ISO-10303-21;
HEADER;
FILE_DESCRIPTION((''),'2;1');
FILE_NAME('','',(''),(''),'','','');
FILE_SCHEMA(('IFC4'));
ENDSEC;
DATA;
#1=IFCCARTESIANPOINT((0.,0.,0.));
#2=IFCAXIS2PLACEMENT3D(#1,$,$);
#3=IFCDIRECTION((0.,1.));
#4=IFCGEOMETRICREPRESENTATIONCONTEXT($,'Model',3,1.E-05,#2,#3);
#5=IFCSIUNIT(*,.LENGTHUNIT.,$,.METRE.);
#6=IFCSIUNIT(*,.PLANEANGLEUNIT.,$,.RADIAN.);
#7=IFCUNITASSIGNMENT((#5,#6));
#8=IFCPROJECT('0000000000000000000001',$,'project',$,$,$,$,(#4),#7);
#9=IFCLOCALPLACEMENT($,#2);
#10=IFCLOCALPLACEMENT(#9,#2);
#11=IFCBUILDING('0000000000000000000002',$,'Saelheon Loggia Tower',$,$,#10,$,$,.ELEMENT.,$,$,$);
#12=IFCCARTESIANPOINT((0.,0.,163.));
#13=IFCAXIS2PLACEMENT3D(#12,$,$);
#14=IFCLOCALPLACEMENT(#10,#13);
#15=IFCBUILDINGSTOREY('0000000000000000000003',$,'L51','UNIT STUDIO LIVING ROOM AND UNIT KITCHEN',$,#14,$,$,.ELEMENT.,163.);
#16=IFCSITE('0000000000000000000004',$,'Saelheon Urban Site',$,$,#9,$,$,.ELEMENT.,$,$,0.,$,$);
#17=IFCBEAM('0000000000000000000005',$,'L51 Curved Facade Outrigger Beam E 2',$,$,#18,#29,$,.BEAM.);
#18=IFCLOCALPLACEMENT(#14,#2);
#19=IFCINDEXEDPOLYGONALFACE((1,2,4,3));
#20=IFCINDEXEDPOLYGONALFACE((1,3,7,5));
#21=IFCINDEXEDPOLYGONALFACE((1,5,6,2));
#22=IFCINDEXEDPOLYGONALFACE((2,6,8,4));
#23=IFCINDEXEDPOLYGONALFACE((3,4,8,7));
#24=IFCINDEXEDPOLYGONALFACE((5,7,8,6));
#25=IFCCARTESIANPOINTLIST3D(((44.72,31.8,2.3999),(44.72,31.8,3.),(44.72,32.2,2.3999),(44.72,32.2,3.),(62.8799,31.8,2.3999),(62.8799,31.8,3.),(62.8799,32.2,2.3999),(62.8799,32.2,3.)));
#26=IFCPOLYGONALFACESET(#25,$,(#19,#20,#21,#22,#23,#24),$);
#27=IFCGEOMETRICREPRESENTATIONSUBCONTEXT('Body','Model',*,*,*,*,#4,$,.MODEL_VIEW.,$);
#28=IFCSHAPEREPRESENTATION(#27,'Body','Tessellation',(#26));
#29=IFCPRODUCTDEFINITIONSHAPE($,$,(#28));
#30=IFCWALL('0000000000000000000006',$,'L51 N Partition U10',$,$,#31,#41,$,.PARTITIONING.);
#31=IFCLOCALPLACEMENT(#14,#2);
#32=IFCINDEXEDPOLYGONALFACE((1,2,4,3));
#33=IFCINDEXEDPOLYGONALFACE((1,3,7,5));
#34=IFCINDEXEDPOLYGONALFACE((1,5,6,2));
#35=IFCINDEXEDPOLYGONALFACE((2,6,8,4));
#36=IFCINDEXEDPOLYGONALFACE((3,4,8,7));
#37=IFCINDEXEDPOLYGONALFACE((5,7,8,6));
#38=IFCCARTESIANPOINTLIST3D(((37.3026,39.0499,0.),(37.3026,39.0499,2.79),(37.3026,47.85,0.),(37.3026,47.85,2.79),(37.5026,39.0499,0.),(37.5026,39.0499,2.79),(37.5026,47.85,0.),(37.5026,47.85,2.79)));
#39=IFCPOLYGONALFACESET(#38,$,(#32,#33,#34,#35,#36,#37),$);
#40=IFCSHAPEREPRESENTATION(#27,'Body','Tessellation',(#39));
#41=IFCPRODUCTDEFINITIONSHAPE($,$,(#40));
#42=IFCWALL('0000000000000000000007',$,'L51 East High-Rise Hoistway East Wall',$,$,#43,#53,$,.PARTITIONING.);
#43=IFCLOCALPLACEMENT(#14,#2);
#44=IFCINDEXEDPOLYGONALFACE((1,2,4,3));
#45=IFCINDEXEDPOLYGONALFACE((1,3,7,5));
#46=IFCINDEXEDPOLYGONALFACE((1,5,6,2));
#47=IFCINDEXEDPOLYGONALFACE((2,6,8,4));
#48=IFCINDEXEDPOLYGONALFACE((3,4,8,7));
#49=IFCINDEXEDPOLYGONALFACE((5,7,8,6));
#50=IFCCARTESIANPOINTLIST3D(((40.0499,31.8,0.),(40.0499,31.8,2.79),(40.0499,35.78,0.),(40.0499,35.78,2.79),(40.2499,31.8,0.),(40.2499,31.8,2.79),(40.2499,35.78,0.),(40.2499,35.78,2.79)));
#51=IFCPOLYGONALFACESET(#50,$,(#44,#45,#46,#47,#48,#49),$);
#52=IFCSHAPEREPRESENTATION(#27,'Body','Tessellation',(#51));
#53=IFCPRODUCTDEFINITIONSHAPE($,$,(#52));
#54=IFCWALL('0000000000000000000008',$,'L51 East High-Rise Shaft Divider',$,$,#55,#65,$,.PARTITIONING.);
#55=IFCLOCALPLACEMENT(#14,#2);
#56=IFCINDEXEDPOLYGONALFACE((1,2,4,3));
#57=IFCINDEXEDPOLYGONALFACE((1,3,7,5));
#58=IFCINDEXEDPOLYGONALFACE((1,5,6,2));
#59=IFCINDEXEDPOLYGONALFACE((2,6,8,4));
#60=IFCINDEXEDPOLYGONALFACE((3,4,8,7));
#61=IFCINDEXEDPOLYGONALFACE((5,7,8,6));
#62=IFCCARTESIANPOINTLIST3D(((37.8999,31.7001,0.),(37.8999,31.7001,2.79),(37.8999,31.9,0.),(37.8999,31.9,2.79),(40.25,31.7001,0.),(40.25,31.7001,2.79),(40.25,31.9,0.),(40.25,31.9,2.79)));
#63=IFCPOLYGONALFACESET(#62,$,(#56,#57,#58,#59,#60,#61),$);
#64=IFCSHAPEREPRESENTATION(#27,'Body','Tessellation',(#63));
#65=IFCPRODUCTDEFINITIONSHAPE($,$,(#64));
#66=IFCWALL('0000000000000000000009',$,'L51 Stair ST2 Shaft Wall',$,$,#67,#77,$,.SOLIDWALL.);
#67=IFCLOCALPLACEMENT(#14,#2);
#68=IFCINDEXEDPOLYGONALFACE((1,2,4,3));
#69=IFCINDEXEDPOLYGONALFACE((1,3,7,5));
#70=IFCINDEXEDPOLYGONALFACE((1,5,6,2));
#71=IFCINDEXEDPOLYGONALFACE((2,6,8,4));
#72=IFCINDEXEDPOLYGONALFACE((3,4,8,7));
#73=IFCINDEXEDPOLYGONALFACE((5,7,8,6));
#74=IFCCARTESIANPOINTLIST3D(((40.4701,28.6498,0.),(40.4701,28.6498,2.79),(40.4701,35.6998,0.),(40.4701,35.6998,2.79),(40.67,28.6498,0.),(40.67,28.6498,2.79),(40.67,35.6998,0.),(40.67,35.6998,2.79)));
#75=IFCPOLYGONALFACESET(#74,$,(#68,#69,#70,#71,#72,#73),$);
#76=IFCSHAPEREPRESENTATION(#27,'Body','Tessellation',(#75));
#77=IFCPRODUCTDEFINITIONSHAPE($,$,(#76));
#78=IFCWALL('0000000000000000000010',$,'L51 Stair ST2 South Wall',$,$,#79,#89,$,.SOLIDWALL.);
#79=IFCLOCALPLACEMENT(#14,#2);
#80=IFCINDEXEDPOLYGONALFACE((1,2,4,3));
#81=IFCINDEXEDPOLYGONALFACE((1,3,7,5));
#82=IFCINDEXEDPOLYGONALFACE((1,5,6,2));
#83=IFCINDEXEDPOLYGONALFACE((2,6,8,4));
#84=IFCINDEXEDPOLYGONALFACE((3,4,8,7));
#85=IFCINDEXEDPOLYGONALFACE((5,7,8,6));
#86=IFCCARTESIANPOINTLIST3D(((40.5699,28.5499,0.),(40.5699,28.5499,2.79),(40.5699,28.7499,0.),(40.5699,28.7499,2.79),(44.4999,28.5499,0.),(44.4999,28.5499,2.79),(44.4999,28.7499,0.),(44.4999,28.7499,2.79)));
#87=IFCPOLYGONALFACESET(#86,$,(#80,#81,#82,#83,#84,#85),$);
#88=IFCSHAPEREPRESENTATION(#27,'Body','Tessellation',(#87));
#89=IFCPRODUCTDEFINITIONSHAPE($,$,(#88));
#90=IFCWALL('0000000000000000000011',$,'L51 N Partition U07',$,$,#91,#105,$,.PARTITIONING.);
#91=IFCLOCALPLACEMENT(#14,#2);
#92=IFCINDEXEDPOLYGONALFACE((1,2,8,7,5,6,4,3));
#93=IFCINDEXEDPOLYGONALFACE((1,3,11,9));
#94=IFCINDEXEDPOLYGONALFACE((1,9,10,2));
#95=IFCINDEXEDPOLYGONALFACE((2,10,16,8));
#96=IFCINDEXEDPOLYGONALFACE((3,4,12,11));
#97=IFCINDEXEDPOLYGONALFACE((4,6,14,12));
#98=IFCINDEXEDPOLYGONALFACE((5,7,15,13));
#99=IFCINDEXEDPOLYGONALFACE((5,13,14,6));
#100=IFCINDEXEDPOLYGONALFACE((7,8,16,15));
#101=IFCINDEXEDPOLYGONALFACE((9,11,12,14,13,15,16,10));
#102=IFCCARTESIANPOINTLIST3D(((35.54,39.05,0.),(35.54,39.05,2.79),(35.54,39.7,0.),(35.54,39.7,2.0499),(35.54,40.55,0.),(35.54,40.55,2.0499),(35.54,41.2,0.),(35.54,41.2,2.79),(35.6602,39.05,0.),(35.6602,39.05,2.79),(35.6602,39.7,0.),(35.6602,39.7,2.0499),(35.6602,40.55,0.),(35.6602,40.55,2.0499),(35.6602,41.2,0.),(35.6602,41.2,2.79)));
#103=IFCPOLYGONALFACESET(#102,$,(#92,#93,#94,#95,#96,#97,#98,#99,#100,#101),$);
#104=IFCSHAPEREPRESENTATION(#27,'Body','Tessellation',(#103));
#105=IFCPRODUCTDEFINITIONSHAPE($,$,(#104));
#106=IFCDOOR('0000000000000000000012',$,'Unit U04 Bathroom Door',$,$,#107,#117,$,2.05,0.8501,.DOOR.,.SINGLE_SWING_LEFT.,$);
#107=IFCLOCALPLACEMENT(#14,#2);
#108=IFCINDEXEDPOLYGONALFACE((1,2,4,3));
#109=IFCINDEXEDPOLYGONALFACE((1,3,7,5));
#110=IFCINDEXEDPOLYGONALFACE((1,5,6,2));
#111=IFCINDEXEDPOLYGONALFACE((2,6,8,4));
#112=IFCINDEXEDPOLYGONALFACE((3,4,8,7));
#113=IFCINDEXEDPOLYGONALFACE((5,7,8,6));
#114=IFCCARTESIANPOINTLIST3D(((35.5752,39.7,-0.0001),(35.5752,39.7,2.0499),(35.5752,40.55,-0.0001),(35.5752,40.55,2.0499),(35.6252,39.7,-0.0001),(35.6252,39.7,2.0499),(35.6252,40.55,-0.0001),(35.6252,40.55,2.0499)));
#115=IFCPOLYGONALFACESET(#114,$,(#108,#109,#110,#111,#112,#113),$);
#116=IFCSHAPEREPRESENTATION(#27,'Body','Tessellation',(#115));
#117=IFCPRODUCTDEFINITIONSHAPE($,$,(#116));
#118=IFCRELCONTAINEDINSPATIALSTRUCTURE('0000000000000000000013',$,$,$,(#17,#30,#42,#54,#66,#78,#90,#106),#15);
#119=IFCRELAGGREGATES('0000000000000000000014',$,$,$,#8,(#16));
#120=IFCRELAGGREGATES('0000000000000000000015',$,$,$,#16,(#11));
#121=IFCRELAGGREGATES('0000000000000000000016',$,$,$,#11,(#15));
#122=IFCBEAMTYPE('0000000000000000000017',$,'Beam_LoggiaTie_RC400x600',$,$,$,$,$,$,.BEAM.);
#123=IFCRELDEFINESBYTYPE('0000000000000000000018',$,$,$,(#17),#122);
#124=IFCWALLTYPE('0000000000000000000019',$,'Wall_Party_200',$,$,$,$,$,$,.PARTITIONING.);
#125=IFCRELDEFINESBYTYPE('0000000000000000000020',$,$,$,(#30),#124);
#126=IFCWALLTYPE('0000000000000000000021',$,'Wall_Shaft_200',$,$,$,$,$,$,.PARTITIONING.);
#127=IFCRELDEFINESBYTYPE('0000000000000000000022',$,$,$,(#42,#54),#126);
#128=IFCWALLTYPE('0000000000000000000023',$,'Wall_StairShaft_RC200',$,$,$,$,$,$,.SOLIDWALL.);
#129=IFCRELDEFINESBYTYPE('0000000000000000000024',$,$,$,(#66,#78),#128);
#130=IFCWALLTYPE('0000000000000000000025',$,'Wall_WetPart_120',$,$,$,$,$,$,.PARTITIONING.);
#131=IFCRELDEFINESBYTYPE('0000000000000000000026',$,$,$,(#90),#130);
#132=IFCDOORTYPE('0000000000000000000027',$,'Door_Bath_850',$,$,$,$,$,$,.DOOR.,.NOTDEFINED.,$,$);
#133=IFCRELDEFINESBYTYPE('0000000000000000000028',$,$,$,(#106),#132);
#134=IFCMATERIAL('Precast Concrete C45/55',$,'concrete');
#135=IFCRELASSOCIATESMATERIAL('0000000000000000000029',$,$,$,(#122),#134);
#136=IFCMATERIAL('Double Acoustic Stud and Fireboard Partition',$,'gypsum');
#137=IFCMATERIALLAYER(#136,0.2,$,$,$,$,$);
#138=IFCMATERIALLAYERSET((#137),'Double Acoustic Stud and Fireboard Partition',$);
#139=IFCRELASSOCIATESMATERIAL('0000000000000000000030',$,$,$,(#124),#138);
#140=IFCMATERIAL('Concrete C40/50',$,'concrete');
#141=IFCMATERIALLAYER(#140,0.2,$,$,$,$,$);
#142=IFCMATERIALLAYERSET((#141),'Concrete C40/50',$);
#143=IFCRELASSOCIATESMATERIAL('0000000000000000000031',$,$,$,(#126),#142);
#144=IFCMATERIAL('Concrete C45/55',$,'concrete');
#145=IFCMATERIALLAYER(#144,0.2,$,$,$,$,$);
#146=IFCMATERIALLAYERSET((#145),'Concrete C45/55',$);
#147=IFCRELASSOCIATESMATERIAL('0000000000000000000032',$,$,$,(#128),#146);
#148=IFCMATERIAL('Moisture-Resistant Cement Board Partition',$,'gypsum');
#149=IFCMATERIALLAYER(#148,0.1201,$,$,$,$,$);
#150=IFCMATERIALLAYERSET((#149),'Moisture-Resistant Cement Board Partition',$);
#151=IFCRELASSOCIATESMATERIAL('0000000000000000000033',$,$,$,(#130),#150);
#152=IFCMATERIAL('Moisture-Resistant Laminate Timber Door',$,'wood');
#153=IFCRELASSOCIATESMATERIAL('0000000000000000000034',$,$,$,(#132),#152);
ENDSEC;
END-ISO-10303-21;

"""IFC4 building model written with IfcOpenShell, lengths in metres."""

from ifc_helpers import new_model, si_unit, direction, frame, frame_2d, origin, origin_2d, place, context, subcontext, project, spatial, rectangle, extrude, source, transform, mapped, material, layer, layer_set, material_profile, profile_set, type_object, element, fill, save


model = new_model("IFC4")

# Units and contexts
model_context = context("Model", 3, precision=1e-05, world=origin(), true_north=direction((0.0, 1.0)))
body_context = subcontext(model_context, "Body", "Model", "MODEL_VIEW")
ifc_project = project(units=[si_unit("LENGTHUNIT", "METRE"), si_unit("PLANEANGLEUNIT", "RADIAN")], contexts=[model_context])

# Site, building, storey
site_placement = place(None, origin())
site = spatial("IfcSite", under=ifc_project, at=site_placement, Name="Saelheon Urban Site", CompositionType="ELEMENT", RefElevation=0.0)
building_placement = place(site_placement, origin())
building = spatial("IfcBuilding", under=site, at=building_placement, Name="Saelheon Loggia Tower", CompositionType="ELEMENT")
storey_placement = place(building_placement, frame((0.0, 0.0, 163.0)))
storey = spatial("IfcBuildingStorey", under=building, at=storey_placement, Name="L51", Description="UNIT STUDIO LIVING ROOM AND UNIT KITCHEN", CompositionType="ELEMENT", Elevation=163.0)

# Beam
ifc_material_1 = material(Name="Precast Concrete C45/55", Category="concrete")
ifc_material_profile = material_profile(ifc_material_1, rectangle(XDim=0.3999, YDim=0.6001, at=origin_2d()), Name="RC-400x600")
ifc_profile_set = profile_set([ifc_material_profile], Name="Precast Concrete C45/55")
beam_type = type_object("IfcBeamType", Name="Beam_LoggiaTie_RC400x600", PredefinedType="BEAM", material=ifc_profile_set)
shared_shape_1 = source(origin(), body_context, "Body", "SweptSolid", [
    extrude(rectangle(XDim=0.3999, YDim=0.6001, at=origin_2d()), origin(), (0.0, 0.0, 1.0), 18.1599),
])
beam_placement = place(storey_placement, frame((44.72, 32.0, 2.7), z_axis=(1.0, 0.0, 0.0), x_axis=(0.0, 1.0, 0.0)))
element("IfcBeam", 1, at=beam_placement, inside=storey, type_object=beam_type, Name="L51 Curved Facade Outrigger Beam E 2", PredefinedType="BEAM", context=body_context, shape_type="MappedRepresentation", body=[
    mapped(shared_shape_1, transform((0.0, 0.0, 0.0), scale=1.0)),
])

# Shared definitions
ifc_material_2 = material(Name="Double Acoustic Stud and Fireboard Partition", Category="gypsum")
ifc_layer_1 = layer(ifc_material_2, 0.2)
ifc_layer_set_1 = layer_set([ifc_layer_1], Name="Double Acoustic Stud and Fireboard Partition")
wall_type_1 = type_object("IfcWallType", Name="Wall_Party_200", PredefinedType="PARTITIONING", material=ifc_layer_set_1)

# Walls
wall_1_placement = place(storey_placement, frame((37.4026, 39.05, 0.0), z_axis=(0.0, 0.0, 1.0), x_axis=(0.0, 1.0, 0.0)))
element("IfcWall", 2, at=wall_1_placement, inside=storey, type_object=wall_type_1, Name="L51 N Partition U10", PredefinedType="PARTITIONING", context=body_context, shape_type="SweptSolid", body=[
    extrude(rectangle(XDim=8.8, YDim=0.2, at=frame_2d((4.3999, 0.0))), origin(), (0.0, 0.0, 1.0), 2.79),
])
ifc_material_3 = material(Name="Concrete C40/50", Category="concrete")
ifc_layer_2 = layer(ifc_material_3, 0.2)
ifc_layer_set_2 = layer_set([ifc_layer_2], Name="Concrete C40/50")
wall_type_2 = type_object("IfcWallType", Name="Wall_Shaft_200", PredefinedType="PARTITIONING", material=ifc_layer_set_2)
wall_2_placement = place(storey_placement, frame((40.1499, 31.8, 0.0), z_axis=(0.0, 0.0, 1.0), x_axis=(0.0, 1.0, 0.0)))
element("IfcWall", 3, at=wall_2_placement, inside=storey, type_object=wall_type_2, Name="L51 East High-Rise Hoistway East Wall", PredefinedType="PARTITIONING", context=body_context, shape_type="SweptSolid", body=[
    extrude(rectangle(XDim=3.98, YDim=0.2, at=frame_2d((1.99, 0.0))), origin(), (0.0, 0.0, 1.0), 2.79),
])
wall_3_placement = place(storey_placement, frame((37.8999, 31.8, 0.0), z_axis=(0.0, 0.0, 1.0), x_axis=(1.0, 0.0, 0.0)))
element("IfcWall", 4, at=wall_3_placement, inside=storey, type_object=wall_type_2, Name="L51 East High-Rise Shaft Divider", PredefinedType="PARTITIONING", context=body_context, shape_type="SweptSolid", body=[
    extrude(rectangle(XDim=2.3501, YDim=0.2, at=frame_2d((1.175, 0.0))), origin(), (0.0, 0.0, 1.0), 2.79),
])
ifc_material_4 = material(Name="Concrete C45/55", Category="concrete")
ifc_layer_3 = layer(ifc_material_4, 0.2)
ifc_layer_set_3 = layer_set([ifc_layer_3], Name="Concrete C45/55")
wall_type_3 = type_object("IfcWallType", Name="Wall_StairShaft_RC200", PredefinedType="SOLIDWALL", material=ifc_layer_set_3)
wall_4_placement = place(storey_placement, frame((40.5701, 28.6499, 0.0), z_axis=(0.0, 0.0, 1.0), x_axis=(0.0, 1.0, 0.0)))
element("IfcWall", 5, at=wall_4_placement, inside=storey, type_object=wall_type_3, Name="L51 Stair ST2 Shaft Wall", PredefinedType="SOLIDWALL", context=body_context, shape_type="SweptSolid", body=[
    extrude(rectangle(XDim=7.05, YDim=0.2, at=frame_2d((3.5249, 0.0))), origin(), (0.0, 0.0, 1.0), 2.79),
])
wall_5_placement = place(storey_placement, frame((40.5701, 28.6499, 0.0), z_axis=(0.0, 0.0, 1.0), x_axis=(1.0, 0.0, 0.0)))
element("IfcWall", 6, at=wall_5_placement, inside=storey, type_object=wall_type_3, Name="L51 Stair ST2 South Wall", PredefinedType="SOLIDWALL", context=body_context, shape_type="SweptSolid", body=[
    extrude(rectangle(XDim=3.9299, YDim=0.2, at=frame_2d((1.9648, 0.0))), origin(), (0.0, 0.0, 1.0), 2.79),
])

# Wall, opening, door
ifc_material_5 = material(Name="Moisture-Resistant Cement Board Partition", Category="gypsum")
ifc_layer_4 = layer(ifc_material_5, 0.1201)
ifc_layer_set_4 = layer_set([ifc_layer_4], Name="Moisture-Resistant Cement Board Partition")
wall_type_4 = type_object("IfcWallType", Name="Wall_WetPart_120", PredefinedType="PARTITIONING", material=ifc_layer_set_4)
wall_6_placement = place(storey_placement, frame((35.6001, 39.05, 0.0), z_axis=(0.0, 0.0, 1.0), x_axis=(0.0, 1.0, 0.0)))
wall_6 = element("IfcWall", 7, at=wall_6_placement, inside=storey, type_object=wall_type_4, Name="L51 N Partition U07", PredefinedType="PARTITIONING", context=body_context, shape_type="SweptSolid", body=[
    extrude(rectangle(XDim=2.1499, YDim=0.1201, at=frame_2d((1.075, 0.0))), origin(), (0.0, 0.0, 1.0), 2.79),
])
opening_1_placement = place(wall_6_placement, frame((0.6499, 0.0, 0.0)))
opening_1 = element("IfcOpeningElement", 8, at=opening_1_placement, cuts=wall_6, PredefinedType="OPENING", context=body_context, shape_type="SweptSolid", body=[
    extrude(rectangle(XDim=0.8501, YDim=2.05, at=frame_2d((0.425, 1.0249))), frame((0.0, 0.072, 0.0), z_axis=(0.0, -1.0, 0.0), x_axis=(1.0, 0.0, 0.0)), (0.0, 0.0, 1.0), 0.144),
])
ifc_material_6 = material(Name="Moisture-Resistant Laminate Timber Door", Category="wood")
door_type_1 = type_object("IfcDoorType", Name="Door_Bath_850", OperationType="NOTDEFINED", PredefinedType="DOOR", material=ifc_material_6)
shared_shape_2 = source(origin(), body_context, "Body", "SweptSolid", [
    extrude(rectangle(XDim=0.8501, YDim=2.05, at=frame_2d((0.425, 1.0249))), frame((0.0, 0.0249, 0.0), z_axis=(0.0, -1.0, 0.0), x_axis=(1.0, 0.0, 0.0)), (0.0, 0.0, 1.0), 0.05),
])
door_1_placement = place(opening_1_placement, origin())
door_1 = element("IfcDoor", 9, at=door_1_placement, inside=storey, type_object=door_type_1, Name="Unit U04 Bathroom Door", OperationType="SINGLE_SWING_LEFT", OverallHeight=2.05, OverallWidth=0.8501, PredefinedType="DOOR", context=body_context, shape_type="MappedRepresentation", body=[
    mapped(shared_shape_2, transform((0.0, 0.0, 0.0), scale=1.0)),
])
fill(opening_1, door_1)

save(model, "model.ifc")
